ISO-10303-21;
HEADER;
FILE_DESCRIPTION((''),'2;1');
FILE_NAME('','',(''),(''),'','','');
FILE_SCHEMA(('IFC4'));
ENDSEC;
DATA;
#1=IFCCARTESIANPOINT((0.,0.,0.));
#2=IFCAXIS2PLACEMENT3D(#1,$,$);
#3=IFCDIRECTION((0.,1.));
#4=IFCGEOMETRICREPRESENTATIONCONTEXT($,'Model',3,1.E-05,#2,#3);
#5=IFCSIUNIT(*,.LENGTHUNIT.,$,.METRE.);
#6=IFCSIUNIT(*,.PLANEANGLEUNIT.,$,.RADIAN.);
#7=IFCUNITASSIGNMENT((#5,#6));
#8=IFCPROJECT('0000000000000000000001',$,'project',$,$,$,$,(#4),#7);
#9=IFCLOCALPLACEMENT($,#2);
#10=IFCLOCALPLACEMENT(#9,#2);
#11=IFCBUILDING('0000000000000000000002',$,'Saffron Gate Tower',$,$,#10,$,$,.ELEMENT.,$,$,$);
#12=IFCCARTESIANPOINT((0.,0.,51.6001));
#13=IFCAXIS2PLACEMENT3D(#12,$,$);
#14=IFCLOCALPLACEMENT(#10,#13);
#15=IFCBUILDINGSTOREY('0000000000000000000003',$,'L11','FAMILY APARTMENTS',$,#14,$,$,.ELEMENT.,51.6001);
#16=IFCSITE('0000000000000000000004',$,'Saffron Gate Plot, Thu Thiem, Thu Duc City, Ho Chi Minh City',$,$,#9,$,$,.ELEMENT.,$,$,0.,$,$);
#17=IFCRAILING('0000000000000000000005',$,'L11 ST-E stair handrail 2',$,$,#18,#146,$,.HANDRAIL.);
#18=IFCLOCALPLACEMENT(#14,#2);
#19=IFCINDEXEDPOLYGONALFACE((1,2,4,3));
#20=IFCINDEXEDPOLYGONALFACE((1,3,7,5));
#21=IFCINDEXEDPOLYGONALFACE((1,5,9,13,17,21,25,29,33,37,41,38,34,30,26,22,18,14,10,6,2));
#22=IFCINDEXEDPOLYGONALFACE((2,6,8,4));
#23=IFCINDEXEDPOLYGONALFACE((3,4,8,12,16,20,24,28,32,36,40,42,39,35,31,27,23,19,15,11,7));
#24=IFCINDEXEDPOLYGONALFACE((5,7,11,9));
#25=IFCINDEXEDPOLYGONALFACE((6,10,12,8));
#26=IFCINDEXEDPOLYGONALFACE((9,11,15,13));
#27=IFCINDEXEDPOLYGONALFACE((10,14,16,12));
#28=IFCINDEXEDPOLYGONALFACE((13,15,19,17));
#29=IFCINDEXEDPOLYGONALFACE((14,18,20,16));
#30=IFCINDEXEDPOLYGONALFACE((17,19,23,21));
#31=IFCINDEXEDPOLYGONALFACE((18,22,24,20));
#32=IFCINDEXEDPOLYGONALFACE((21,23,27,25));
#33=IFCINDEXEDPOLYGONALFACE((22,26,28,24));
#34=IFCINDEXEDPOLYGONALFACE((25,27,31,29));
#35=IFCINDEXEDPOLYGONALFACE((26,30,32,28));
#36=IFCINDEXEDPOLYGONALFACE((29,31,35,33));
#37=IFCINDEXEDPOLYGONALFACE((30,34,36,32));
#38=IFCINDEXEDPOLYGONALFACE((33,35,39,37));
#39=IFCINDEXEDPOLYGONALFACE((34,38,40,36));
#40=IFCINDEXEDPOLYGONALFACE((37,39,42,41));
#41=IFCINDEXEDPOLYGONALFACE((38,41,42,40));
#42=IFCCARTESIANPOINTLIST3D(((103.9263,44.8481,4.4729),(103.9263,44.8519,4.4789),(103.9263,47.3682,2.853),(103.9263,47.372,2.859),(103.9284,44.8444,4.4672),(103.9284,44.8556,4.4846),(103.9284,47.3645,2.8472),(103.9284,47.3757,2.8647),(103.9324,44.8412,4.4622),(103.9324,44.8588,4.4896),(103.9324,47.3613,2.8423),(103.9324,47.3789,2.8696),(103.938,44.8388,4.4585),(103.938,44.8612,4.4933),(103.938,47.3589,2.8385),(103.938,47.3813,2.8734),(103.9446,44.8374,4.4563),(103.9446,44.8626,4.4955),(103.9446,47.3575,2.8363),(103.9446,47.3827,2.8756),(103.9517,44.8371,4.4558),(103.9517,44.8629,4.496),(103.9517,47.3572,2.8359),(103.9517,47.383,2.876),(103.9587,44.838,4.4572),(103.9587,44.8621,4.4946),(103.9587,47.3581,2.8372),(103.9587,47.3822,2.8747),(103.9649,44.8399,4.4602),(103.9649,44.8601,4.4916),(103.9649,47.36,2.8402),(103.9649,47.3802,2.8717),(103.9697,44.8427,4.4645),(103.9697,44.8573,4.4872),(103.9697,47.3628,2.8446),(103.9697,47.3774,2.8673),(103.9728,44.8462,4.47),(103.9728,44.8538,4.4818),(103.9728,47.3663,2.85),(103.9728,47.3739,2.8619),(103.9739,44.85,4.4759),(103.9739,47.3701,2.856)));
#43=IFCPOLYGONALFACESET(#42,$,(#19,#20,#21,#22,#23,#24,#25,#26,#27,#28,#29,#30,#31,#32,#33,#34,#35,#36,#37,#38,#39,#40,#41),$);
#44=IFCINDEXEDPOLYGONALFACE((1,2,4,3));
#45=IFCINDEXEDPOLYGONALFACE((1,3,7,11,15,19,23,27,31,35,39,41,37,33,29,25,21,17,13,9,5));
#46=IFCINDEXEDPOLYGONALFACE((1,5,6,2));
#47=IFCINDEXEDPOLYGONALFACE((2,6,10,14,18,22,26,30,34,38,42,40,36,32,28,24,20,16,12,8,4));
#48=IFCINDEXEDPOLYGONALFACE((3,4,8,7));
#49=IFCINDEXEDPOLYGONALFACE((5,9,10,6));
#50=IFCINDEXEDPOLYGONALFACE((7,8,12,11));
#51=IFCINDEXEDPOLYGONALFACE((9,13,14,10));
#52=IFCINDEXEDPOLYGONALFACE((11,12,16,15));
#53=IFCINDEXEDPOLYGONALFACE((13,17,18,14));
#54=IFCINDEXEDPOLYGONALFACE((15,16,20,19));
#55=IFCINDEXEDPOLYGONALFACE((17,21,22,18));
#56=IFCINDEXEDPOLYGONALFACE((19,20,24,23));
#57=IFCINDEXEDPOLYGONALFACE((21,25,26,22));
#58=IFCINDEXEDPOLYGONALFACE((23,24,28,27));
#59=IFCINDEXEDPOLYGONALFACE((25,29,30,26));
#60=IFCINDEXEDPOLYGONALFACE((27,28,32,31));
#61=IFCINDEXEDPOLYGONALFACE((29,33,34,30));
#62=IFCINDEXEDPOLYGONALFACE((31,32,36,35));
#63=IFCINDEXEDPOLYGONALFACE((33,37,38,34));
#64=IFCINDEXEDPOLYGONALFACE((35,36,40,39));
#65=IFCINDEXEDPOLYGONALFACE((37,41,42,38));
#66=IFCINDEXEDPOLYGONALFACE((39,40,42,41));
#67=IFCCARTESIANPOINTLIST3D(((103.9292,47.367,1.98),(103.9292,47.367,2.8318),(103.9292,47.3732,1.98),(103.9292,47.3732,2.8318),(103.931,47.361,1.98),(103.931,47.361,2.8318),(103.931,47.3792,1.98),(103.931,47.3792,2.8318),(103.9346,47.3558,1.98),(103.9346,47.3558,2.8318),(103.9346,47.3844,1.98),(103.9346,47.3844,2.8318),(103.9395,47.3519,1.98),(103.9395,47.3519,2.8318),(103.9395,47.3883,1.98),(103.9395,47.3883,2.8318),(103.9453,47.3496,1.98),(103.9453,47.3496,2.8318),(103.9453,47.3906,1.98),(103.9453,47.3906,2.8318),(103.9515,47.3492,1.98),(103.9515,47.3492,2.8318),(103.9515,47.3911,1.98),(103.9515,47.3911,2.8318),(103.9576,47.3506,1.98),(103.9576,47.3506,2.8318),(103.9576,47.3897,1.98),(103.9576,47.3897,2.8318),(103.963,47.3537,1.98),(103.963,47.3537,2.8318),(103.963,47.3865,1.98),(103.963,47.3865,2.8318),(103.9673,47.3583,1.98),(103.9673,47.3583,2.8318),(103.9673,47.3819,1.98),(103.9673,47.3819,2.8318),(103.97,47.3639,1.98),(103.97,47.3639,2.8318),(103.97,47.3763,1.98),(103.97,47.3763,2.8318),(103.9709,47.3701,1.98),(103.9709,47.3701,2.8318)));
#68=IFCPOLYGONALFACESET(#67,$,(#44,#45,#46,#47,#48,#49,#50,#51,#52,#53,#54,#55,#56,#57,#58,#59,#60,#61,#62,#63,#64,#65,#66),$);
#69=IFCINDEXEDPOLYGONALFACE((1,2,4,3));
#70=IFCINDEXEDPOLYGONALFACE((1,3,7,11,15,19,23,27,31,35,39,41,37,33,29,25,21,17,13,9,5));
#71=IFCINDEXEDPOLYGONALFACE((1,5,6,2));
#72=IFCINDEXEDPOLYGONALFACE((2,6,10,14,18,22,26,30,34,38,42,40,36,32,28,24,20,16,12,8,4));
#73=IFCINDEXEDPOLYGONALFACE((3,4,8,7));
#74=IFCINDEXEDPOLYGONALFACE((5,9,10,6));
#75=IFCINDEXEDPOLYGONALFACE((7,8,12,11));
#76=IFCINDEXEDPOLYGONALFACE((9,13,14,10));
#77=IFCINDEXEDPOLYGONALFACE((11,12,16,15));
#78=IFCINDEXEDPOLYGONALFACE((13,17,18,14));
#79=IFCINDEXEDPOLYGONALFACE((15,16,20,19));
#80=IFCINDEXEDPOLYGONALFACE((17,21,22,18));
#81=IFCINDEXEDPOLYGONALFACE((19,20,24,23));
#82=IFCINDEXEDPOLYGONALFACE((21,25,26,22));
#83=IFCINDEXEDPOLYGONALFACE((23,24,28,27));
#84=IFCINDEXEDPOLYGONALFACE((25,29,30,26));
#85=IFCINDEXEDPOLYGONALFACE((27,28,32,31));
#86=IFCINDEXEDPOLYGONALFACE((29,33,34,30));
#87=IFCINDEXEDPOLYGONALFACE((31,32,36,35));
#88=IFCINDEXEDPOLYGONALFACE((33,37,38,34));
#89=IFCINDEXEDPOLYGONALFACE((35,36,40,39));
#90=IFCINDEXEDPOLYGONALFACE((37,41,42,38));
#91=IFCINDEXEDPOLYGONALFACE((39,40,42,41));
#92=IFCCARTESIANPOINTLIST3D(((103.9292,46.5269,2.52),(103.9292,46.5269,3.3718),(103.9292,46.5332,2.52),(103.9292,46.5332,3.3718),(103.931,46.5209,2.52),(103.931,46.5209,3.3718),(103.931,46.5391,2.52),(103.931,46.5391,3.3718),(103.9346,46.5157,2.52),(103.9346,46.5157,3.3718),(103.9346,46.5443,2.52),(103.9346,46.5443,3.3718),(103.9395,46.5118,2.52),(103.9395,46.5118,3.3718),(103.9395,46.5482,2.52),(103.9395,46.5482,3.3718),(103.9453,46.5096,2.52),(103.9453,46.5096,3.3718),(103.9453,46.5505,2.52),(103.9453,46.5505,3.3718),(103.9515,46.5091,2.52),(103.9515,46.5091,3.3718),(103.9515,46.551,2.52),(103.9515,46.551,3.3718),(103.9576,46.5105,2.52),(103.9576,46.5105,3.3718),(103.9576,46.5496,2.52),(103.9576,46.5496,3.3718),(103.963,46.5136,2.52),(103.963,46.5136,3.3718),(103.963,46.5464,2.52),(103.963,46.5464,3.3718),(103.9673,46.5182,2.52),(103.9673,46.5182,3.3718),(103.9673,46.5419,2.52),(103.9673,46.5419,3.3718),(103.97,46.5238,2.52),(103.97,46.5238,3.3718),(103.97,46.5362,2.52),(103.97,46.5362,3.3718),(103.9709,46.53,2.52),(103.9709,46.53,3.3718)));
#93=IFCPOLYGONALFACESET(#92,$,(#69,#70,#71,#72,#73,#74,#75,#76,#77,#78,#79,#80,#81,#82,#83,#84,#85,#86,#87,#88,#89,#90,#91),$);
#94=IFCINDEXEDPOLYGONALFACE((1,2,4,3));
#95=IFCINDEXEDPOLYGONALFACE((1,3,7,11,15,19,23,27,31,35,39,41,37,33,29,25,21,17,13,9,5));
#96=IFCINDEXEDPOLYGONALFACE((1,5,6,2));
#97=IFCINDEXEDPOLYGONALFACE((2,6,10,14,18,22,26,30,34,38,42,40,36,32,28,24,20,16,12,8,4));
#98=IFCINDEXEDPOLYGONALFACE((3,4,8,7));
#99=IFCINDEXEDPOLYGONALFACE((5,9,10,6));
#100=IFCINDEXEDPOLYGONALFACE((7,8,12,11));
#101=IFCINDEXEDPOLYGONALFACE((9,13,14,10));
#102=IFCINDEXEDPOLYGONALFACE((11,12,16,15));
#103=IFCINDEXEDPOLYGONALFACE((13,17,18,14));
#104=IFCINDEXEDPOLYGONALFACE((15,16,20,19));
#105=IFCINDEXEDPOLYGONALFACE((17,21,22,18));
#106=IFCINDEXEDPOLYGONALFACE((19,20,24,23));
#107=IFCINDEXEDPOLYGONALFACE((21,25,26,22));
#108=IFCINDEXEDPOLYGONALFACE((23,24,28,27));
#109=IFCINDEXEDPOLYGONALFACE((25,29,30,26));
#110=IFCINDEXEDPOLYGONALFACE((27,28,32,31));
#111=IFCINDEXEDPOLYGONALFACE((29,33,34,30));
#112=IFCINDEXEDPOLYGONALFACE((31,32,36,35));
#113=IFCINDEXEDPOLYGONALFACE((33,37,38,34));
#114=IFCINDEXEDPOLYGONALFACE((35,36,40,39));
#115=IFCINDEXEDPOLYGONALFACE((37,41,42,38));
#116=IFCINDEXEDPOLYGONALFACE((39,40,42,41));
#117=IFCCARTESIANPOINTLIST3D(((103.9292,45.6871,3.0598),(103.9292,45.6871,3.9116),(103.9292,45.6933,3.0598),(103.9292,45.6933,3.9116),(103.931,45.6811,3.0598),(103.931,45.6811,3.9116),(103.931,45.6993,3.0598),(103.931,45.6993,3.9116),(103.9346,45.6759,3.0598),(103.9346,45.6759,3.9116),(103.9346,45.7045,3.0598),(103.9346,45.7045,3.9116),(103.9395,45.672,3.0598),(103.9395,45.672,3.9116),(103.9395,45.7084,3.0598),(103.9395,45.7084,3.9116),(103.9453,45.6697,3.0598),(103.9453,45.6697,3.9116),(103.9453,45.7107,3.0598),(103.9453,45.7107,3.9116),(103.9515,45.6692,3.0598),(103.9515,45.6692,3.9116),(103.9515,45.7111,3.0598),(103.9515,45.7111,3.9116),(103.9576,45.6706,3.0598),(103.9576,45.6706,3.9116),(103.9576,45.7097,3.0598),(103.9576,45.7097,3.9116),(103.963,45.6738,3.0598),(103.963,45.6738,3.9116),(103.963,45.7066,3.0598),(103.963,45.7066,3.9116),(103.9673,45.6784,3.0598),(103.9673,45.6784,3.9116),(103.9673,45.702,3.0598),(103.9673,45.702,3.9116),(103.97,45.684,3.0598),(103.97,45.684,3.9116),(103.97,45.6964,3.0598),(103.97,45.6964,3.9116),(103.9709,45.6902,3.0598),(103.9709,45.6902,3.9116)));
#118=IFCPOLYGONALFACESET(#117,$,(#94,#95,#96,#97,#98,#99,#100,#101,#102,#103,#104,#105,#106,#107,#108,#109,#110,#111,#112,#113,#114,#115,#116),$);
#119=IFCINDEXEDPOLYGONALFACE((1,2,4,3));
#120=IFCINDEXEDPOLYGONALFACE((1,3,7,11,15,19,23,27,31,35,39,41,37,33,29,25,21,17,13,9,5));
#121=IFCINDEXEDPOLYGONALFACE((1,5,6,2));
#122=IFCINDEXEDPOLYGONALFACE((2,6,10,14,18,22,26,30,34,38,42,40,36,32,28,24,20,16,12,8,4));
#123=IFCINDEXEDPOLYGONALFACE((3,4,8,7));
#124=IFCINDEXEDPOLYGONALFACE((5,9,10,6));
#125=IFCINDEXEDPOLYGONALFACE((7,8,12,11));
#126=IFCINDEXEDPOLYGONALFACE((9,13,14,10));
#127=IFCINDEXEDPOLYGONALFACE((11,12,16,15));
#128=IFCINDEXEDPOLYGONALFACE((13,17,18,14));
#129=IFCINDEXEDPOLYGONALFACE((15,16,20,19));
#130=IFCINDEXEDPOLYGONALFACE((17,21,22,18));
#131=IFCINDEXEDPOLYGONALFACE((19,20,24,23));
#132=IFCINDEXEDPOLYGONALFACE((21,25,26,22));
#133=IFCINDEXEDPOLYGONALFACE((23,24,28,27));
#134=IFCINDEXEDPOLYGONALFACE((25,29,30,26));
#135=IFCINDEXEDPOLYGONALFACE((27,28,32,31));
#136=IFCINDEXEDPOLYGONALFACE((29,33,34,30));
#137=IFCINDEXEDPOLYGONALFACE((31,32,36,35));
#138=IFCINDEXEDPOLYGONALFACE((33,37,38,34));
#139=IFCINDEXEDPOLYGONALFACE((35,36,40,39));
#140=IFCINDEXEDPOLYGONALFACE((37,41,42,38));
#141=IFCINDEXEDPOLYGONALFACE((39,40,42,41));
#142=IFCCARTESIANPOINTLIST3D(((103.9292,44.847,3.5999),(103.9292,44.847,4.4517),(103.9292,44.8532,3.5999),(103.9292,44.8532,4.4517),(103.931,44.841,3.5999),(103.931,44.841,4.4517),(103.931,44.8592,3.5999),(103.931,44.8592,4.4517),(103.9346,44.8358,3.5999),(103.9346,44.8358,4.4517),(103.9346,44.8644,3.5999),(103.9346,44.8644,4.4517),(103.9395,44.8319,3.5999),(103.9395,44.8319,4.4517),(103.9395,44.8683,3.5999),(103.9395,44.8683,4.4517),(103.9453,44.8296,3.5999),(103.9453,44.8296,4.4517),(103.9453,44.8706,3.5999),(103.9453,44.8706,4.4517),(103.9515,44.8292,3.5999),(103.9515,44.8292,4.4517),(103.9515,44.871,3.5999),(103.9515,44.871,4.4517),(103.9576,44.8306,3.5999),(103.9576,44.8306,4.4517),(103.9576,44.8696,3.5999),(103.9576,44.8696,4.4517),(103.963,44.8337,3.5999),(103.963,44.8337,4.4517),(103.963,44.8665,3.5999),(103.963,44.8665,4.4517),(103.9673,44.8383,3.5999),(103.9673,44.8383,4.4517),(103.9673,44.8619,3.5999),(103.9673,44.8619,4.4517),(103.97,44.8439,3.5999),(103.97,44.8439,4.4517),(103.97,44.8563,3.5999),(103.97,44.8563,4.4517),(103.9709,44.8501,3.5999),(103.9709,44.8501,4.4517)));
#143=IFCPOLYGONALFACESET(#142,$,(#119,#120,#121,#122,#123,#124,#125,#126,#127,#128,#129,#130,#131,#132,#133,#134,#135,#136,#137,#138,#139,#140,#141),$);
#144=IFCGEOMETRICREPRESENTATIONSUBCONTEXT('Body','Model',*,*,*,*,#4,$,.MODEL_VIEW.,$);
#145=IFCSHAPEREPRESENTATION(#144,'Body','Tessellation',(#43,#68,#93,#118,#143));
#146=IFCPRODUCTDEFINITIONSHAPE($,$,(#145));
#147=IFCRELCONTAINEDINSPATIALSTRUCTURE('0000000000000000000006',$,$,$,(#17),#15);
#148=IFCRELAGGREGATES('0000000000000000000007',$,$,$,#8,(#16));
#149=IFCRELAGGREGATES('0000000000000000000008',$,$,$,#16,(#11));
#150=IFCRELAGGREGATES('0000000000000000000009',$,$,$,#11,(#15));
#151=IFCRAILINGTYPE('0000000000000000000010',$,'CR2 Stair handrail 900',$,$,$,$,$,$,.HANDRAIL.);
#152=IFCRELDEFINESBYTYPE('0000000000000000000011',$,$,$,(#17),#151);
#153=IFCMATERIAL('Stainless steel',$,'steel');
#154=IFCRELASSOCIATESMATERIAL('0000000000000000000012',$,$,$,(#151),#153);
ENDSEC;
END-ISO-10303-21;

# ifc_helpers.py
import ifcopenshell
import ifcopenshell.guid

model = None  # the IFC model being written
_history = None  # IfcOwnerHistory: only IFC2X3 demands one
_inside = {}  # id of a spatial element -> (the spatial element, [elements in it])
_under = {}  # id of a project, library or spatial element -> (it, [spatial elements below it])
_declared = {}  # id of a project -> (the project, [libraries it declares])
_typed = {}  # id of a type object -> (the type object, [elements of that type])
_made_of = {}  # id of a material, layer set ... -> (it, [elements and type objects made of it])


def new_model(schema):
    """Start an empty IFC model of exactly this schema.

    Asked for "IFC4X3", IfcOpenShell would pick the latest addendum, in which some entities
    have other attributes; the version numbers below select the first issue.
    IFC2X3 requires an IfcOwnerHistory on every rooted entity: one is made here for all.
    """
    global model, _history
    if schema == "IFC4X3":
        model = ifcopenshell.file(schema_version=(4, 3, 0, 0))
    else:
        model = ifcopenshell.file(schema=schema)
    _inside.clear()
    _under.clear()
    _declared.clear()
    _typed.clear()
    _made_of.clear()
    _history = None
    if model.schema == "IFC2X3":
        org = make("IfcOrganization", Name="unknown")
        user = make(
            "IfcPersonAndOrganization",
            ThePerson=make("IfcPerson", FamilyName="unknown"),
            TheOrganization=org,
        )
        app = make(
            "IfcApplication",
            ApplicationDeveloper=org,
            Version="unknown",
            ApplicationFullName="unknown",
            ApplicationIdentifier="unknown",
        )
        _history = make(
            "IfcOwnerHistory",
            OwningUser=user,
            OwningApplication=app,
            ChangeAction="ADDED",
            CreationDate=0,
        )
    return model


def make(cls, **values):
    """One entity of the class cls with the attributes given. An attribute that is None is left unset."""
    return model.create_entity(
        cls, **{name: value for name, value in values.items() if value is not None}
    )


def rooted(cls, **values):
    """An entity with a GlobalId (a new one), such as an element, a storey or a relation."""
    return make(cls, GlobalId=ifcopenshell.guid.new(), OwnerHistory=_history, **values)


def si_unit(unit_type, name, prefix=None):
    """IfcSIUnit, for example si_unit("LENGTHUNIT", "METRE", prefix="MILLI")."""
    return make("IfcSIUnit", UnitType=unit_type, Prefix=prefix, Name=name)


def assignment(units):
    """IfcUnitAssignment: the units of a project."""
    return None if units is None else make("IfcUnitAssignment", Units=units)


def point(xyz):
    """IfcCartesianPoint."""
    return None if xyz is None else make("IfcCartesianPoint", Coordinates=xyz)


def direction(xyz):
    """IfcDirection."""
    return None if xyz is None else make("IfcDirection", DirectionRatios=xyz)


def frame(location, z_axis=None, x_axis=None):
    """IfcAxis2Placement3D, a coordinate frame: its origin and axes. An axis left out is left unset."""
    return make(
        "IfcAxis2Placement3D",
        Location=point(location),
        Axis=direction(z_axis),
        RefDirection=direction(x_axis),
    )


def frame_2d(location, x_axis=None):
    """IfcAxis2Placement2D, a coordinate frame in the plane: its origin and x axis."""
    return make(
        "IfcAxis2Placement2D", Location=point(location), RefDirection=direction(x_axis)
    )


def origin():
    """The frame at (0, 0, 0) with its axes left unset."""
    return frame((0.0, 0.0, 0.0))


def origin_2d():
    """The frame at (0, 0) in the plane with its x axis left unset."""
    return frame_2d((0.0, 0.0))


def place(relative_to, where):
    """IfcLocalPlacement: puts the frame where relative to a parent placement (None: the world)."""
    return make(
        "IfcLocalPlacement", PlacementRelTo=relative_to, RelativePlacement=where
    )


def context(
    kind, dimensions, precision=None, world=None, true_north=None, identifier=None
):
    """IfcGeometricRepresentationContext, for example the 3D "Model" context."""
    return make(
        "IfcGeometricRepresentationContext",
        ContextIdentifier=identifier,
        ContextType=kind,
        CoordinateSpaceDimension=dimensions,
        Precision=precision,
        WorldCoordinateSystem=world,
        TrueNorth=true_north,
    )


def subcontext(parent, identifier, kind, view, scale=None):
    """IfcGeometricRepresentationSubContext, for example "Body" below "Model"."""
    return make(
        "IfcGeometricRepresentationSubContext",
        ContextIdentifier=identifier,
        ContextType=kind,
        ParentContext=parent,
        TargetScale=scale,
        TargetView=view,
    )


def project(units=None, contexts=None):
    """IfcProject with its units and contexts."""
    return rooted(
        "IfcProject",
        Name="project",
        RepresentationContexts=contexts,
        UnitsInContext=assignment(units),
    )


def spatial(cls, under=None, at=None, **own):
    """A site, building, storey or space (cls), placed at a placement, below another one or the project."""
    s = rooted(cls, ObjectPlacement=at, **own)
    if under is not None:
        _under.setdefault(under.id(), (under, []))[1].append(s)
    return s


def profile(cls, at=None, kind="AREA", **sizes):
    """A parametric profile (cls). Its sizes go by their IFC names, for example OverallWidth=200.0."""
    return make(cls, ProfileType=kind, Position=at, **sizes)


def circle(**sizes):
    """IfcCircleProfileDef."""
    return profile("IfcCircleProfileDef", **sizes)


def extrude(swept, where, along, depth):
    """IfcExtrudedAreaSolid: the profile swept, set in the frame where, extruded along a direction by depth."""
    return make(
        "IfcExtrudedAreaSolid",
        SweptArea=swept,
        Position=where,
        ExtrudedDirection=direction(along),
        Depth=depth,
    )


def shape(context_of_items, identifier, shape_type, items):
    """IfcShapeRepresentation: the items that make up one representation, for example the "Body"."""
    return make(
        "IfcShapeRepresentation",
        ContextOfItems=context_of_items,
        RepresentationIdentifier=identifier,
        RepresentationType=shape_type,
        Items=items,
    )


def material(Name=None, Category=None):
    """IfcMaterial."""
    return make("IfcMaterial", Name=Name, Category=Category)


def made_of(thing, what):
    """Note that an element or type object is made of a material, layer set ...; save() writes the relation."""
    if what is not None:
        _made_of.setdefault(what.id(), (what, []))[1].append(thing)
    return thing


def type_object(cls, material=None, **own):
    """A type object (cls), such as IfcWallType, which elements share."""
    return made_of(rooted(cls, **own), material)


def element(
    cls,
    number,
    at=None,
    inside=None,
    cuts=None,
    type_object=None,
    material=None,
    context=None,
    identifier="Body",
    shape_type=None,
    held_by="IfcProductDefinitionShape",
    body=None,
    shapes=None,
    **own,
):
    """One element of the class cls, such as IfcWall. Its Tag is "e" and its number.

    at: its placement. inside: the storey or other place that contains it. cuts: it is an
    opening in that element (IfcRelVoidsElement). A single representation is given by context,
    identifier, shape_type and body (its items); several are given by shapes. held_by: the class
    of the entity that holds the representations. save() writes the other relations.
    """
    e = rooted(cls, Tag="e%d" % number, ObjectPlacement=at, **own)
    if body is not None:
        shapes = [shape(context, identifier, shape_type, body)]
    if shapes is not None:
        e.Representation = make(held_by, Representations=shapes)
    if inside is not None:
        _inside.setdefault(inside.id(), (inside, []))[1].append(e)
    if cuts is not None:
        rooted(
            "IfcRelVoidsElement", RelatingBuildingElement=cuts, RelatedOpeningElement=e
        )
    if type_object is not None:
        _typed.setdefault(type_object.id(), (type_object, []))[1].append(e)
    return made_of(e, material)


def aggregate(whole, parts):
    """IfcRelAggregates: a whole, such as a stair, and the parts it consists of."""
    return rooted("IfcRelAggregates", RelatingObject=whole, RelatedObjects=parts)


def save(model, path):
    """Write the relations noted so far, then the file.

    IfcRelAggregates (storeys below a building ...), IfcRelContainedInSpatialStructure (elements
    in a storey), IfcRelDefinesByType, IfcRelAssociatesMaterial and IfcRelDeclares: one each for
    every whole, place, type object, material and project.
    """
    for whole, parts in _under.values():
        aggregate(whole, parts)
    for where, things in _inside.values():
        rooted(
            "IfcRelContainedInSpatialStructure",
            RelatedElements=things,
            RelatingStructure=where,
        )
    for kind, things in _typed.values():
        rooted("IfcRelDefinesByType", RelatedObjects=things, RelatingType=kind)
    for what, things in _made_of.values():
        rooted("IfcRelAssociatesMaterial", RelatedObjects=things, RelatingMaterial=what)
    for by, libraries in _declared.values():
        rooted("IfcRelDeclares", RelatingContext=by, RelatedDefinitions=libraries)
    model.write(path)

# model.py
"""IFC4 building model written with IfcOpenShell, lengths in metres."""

from ifc_helpers import new_model, si_unit, direction, frame, origin, origin_2d, place, context, subcontext, project, spatial, circle, extrude, material, type_object, element, save


model = new_model("IFC4")

# Units and contexts
model_context = context("Model", 3, precision=1e-05, world=origin(), true_north=direction((0.0, 1.0)))
body_context = subcontext(model_context, "Body", "Model", "MODEL_VIEW")
ifc_project = project(units=[si_unit("LENGTHUNIT", "METRE"), si_unit("PLANEANGLEUNIT", "RADIAN")], contexts=[model_context])

# Site, building, storey
site_placement = place(None, origin())
site = spatial("IfcSite", under=ifc_project, at=site_placement, Name="Saffron Gate Plot, Thu Thiem, Thu Duc City, Ho Chi Minh City", CompositionType="ELEMENT", RefElevation=0.0)
building_placement = place(site_placement, origin())
building = spatial("IfcBuilding", under=site, at=building_placement, Name="Saffron Gate Tower", CompositionType="ELEMENT")
storey_placement = place(building_placement, frame((0.0, 0.0, 51.6001)))
storey = spatial("IfcBuildingStorey", under=building, at=storey_placement, Name="L11", Description="FAMILY APARTMENTS", CompositionType="ELEMENT", Elevation=51.6001)

# Railing
ifc_material_1 = material(Name="Stainless steel", Category="steel")
railing_type_1 = type_object("IfcRailingType", Name="CR2 Stair handrail 900", PredefinedType="HANDRAIL", material=ifc_material_1)
railing_1_placement = place(storey_placement, frame((103.95, 47.3701, 1.98)))
element("IfcRailing", 1, at=railing_1_placement, inside=storey, type_object=railing_type_1, Name="L11 ST-E stair handrail 2", PredefinedType="HANDRAIL", context=body_context, shape_type="SweptSolid", body=[
    extrude(circle(Radius=0.0239, at=origin_2d()), frame((0.0, 0.0, 0.876), z_axis=(0.0, -0.8412, 0.540725), x_axis=(1.0, 0.0, 0.0)), (0.0, 0.0, 1.0), 2.9958),
    extrude(circle(Radius=0.021, at=origin_2d()), origin(), (0.0, 0.0, 1.0), 0.8518),
    extrude(circle(Radius=0.021, at=origin_2d()), frame((0.0, -0.8401, 0.54)), (0.0, 0.0, 1.0), 0.8518),
    extrude(circle(Radius=0.021, at=origin_2d()), frame((0.0, -1.6799, 1.0798)), (0.0, 0.0, 1.0), 0.8518),
    extrude(circle(Radius=0.021, at=origin_2d()), frame((0.0, -2.52, 1.6199)), (0.0, 0.0, 1.0), 0.8518),
])

save(model, "model.ifc")
